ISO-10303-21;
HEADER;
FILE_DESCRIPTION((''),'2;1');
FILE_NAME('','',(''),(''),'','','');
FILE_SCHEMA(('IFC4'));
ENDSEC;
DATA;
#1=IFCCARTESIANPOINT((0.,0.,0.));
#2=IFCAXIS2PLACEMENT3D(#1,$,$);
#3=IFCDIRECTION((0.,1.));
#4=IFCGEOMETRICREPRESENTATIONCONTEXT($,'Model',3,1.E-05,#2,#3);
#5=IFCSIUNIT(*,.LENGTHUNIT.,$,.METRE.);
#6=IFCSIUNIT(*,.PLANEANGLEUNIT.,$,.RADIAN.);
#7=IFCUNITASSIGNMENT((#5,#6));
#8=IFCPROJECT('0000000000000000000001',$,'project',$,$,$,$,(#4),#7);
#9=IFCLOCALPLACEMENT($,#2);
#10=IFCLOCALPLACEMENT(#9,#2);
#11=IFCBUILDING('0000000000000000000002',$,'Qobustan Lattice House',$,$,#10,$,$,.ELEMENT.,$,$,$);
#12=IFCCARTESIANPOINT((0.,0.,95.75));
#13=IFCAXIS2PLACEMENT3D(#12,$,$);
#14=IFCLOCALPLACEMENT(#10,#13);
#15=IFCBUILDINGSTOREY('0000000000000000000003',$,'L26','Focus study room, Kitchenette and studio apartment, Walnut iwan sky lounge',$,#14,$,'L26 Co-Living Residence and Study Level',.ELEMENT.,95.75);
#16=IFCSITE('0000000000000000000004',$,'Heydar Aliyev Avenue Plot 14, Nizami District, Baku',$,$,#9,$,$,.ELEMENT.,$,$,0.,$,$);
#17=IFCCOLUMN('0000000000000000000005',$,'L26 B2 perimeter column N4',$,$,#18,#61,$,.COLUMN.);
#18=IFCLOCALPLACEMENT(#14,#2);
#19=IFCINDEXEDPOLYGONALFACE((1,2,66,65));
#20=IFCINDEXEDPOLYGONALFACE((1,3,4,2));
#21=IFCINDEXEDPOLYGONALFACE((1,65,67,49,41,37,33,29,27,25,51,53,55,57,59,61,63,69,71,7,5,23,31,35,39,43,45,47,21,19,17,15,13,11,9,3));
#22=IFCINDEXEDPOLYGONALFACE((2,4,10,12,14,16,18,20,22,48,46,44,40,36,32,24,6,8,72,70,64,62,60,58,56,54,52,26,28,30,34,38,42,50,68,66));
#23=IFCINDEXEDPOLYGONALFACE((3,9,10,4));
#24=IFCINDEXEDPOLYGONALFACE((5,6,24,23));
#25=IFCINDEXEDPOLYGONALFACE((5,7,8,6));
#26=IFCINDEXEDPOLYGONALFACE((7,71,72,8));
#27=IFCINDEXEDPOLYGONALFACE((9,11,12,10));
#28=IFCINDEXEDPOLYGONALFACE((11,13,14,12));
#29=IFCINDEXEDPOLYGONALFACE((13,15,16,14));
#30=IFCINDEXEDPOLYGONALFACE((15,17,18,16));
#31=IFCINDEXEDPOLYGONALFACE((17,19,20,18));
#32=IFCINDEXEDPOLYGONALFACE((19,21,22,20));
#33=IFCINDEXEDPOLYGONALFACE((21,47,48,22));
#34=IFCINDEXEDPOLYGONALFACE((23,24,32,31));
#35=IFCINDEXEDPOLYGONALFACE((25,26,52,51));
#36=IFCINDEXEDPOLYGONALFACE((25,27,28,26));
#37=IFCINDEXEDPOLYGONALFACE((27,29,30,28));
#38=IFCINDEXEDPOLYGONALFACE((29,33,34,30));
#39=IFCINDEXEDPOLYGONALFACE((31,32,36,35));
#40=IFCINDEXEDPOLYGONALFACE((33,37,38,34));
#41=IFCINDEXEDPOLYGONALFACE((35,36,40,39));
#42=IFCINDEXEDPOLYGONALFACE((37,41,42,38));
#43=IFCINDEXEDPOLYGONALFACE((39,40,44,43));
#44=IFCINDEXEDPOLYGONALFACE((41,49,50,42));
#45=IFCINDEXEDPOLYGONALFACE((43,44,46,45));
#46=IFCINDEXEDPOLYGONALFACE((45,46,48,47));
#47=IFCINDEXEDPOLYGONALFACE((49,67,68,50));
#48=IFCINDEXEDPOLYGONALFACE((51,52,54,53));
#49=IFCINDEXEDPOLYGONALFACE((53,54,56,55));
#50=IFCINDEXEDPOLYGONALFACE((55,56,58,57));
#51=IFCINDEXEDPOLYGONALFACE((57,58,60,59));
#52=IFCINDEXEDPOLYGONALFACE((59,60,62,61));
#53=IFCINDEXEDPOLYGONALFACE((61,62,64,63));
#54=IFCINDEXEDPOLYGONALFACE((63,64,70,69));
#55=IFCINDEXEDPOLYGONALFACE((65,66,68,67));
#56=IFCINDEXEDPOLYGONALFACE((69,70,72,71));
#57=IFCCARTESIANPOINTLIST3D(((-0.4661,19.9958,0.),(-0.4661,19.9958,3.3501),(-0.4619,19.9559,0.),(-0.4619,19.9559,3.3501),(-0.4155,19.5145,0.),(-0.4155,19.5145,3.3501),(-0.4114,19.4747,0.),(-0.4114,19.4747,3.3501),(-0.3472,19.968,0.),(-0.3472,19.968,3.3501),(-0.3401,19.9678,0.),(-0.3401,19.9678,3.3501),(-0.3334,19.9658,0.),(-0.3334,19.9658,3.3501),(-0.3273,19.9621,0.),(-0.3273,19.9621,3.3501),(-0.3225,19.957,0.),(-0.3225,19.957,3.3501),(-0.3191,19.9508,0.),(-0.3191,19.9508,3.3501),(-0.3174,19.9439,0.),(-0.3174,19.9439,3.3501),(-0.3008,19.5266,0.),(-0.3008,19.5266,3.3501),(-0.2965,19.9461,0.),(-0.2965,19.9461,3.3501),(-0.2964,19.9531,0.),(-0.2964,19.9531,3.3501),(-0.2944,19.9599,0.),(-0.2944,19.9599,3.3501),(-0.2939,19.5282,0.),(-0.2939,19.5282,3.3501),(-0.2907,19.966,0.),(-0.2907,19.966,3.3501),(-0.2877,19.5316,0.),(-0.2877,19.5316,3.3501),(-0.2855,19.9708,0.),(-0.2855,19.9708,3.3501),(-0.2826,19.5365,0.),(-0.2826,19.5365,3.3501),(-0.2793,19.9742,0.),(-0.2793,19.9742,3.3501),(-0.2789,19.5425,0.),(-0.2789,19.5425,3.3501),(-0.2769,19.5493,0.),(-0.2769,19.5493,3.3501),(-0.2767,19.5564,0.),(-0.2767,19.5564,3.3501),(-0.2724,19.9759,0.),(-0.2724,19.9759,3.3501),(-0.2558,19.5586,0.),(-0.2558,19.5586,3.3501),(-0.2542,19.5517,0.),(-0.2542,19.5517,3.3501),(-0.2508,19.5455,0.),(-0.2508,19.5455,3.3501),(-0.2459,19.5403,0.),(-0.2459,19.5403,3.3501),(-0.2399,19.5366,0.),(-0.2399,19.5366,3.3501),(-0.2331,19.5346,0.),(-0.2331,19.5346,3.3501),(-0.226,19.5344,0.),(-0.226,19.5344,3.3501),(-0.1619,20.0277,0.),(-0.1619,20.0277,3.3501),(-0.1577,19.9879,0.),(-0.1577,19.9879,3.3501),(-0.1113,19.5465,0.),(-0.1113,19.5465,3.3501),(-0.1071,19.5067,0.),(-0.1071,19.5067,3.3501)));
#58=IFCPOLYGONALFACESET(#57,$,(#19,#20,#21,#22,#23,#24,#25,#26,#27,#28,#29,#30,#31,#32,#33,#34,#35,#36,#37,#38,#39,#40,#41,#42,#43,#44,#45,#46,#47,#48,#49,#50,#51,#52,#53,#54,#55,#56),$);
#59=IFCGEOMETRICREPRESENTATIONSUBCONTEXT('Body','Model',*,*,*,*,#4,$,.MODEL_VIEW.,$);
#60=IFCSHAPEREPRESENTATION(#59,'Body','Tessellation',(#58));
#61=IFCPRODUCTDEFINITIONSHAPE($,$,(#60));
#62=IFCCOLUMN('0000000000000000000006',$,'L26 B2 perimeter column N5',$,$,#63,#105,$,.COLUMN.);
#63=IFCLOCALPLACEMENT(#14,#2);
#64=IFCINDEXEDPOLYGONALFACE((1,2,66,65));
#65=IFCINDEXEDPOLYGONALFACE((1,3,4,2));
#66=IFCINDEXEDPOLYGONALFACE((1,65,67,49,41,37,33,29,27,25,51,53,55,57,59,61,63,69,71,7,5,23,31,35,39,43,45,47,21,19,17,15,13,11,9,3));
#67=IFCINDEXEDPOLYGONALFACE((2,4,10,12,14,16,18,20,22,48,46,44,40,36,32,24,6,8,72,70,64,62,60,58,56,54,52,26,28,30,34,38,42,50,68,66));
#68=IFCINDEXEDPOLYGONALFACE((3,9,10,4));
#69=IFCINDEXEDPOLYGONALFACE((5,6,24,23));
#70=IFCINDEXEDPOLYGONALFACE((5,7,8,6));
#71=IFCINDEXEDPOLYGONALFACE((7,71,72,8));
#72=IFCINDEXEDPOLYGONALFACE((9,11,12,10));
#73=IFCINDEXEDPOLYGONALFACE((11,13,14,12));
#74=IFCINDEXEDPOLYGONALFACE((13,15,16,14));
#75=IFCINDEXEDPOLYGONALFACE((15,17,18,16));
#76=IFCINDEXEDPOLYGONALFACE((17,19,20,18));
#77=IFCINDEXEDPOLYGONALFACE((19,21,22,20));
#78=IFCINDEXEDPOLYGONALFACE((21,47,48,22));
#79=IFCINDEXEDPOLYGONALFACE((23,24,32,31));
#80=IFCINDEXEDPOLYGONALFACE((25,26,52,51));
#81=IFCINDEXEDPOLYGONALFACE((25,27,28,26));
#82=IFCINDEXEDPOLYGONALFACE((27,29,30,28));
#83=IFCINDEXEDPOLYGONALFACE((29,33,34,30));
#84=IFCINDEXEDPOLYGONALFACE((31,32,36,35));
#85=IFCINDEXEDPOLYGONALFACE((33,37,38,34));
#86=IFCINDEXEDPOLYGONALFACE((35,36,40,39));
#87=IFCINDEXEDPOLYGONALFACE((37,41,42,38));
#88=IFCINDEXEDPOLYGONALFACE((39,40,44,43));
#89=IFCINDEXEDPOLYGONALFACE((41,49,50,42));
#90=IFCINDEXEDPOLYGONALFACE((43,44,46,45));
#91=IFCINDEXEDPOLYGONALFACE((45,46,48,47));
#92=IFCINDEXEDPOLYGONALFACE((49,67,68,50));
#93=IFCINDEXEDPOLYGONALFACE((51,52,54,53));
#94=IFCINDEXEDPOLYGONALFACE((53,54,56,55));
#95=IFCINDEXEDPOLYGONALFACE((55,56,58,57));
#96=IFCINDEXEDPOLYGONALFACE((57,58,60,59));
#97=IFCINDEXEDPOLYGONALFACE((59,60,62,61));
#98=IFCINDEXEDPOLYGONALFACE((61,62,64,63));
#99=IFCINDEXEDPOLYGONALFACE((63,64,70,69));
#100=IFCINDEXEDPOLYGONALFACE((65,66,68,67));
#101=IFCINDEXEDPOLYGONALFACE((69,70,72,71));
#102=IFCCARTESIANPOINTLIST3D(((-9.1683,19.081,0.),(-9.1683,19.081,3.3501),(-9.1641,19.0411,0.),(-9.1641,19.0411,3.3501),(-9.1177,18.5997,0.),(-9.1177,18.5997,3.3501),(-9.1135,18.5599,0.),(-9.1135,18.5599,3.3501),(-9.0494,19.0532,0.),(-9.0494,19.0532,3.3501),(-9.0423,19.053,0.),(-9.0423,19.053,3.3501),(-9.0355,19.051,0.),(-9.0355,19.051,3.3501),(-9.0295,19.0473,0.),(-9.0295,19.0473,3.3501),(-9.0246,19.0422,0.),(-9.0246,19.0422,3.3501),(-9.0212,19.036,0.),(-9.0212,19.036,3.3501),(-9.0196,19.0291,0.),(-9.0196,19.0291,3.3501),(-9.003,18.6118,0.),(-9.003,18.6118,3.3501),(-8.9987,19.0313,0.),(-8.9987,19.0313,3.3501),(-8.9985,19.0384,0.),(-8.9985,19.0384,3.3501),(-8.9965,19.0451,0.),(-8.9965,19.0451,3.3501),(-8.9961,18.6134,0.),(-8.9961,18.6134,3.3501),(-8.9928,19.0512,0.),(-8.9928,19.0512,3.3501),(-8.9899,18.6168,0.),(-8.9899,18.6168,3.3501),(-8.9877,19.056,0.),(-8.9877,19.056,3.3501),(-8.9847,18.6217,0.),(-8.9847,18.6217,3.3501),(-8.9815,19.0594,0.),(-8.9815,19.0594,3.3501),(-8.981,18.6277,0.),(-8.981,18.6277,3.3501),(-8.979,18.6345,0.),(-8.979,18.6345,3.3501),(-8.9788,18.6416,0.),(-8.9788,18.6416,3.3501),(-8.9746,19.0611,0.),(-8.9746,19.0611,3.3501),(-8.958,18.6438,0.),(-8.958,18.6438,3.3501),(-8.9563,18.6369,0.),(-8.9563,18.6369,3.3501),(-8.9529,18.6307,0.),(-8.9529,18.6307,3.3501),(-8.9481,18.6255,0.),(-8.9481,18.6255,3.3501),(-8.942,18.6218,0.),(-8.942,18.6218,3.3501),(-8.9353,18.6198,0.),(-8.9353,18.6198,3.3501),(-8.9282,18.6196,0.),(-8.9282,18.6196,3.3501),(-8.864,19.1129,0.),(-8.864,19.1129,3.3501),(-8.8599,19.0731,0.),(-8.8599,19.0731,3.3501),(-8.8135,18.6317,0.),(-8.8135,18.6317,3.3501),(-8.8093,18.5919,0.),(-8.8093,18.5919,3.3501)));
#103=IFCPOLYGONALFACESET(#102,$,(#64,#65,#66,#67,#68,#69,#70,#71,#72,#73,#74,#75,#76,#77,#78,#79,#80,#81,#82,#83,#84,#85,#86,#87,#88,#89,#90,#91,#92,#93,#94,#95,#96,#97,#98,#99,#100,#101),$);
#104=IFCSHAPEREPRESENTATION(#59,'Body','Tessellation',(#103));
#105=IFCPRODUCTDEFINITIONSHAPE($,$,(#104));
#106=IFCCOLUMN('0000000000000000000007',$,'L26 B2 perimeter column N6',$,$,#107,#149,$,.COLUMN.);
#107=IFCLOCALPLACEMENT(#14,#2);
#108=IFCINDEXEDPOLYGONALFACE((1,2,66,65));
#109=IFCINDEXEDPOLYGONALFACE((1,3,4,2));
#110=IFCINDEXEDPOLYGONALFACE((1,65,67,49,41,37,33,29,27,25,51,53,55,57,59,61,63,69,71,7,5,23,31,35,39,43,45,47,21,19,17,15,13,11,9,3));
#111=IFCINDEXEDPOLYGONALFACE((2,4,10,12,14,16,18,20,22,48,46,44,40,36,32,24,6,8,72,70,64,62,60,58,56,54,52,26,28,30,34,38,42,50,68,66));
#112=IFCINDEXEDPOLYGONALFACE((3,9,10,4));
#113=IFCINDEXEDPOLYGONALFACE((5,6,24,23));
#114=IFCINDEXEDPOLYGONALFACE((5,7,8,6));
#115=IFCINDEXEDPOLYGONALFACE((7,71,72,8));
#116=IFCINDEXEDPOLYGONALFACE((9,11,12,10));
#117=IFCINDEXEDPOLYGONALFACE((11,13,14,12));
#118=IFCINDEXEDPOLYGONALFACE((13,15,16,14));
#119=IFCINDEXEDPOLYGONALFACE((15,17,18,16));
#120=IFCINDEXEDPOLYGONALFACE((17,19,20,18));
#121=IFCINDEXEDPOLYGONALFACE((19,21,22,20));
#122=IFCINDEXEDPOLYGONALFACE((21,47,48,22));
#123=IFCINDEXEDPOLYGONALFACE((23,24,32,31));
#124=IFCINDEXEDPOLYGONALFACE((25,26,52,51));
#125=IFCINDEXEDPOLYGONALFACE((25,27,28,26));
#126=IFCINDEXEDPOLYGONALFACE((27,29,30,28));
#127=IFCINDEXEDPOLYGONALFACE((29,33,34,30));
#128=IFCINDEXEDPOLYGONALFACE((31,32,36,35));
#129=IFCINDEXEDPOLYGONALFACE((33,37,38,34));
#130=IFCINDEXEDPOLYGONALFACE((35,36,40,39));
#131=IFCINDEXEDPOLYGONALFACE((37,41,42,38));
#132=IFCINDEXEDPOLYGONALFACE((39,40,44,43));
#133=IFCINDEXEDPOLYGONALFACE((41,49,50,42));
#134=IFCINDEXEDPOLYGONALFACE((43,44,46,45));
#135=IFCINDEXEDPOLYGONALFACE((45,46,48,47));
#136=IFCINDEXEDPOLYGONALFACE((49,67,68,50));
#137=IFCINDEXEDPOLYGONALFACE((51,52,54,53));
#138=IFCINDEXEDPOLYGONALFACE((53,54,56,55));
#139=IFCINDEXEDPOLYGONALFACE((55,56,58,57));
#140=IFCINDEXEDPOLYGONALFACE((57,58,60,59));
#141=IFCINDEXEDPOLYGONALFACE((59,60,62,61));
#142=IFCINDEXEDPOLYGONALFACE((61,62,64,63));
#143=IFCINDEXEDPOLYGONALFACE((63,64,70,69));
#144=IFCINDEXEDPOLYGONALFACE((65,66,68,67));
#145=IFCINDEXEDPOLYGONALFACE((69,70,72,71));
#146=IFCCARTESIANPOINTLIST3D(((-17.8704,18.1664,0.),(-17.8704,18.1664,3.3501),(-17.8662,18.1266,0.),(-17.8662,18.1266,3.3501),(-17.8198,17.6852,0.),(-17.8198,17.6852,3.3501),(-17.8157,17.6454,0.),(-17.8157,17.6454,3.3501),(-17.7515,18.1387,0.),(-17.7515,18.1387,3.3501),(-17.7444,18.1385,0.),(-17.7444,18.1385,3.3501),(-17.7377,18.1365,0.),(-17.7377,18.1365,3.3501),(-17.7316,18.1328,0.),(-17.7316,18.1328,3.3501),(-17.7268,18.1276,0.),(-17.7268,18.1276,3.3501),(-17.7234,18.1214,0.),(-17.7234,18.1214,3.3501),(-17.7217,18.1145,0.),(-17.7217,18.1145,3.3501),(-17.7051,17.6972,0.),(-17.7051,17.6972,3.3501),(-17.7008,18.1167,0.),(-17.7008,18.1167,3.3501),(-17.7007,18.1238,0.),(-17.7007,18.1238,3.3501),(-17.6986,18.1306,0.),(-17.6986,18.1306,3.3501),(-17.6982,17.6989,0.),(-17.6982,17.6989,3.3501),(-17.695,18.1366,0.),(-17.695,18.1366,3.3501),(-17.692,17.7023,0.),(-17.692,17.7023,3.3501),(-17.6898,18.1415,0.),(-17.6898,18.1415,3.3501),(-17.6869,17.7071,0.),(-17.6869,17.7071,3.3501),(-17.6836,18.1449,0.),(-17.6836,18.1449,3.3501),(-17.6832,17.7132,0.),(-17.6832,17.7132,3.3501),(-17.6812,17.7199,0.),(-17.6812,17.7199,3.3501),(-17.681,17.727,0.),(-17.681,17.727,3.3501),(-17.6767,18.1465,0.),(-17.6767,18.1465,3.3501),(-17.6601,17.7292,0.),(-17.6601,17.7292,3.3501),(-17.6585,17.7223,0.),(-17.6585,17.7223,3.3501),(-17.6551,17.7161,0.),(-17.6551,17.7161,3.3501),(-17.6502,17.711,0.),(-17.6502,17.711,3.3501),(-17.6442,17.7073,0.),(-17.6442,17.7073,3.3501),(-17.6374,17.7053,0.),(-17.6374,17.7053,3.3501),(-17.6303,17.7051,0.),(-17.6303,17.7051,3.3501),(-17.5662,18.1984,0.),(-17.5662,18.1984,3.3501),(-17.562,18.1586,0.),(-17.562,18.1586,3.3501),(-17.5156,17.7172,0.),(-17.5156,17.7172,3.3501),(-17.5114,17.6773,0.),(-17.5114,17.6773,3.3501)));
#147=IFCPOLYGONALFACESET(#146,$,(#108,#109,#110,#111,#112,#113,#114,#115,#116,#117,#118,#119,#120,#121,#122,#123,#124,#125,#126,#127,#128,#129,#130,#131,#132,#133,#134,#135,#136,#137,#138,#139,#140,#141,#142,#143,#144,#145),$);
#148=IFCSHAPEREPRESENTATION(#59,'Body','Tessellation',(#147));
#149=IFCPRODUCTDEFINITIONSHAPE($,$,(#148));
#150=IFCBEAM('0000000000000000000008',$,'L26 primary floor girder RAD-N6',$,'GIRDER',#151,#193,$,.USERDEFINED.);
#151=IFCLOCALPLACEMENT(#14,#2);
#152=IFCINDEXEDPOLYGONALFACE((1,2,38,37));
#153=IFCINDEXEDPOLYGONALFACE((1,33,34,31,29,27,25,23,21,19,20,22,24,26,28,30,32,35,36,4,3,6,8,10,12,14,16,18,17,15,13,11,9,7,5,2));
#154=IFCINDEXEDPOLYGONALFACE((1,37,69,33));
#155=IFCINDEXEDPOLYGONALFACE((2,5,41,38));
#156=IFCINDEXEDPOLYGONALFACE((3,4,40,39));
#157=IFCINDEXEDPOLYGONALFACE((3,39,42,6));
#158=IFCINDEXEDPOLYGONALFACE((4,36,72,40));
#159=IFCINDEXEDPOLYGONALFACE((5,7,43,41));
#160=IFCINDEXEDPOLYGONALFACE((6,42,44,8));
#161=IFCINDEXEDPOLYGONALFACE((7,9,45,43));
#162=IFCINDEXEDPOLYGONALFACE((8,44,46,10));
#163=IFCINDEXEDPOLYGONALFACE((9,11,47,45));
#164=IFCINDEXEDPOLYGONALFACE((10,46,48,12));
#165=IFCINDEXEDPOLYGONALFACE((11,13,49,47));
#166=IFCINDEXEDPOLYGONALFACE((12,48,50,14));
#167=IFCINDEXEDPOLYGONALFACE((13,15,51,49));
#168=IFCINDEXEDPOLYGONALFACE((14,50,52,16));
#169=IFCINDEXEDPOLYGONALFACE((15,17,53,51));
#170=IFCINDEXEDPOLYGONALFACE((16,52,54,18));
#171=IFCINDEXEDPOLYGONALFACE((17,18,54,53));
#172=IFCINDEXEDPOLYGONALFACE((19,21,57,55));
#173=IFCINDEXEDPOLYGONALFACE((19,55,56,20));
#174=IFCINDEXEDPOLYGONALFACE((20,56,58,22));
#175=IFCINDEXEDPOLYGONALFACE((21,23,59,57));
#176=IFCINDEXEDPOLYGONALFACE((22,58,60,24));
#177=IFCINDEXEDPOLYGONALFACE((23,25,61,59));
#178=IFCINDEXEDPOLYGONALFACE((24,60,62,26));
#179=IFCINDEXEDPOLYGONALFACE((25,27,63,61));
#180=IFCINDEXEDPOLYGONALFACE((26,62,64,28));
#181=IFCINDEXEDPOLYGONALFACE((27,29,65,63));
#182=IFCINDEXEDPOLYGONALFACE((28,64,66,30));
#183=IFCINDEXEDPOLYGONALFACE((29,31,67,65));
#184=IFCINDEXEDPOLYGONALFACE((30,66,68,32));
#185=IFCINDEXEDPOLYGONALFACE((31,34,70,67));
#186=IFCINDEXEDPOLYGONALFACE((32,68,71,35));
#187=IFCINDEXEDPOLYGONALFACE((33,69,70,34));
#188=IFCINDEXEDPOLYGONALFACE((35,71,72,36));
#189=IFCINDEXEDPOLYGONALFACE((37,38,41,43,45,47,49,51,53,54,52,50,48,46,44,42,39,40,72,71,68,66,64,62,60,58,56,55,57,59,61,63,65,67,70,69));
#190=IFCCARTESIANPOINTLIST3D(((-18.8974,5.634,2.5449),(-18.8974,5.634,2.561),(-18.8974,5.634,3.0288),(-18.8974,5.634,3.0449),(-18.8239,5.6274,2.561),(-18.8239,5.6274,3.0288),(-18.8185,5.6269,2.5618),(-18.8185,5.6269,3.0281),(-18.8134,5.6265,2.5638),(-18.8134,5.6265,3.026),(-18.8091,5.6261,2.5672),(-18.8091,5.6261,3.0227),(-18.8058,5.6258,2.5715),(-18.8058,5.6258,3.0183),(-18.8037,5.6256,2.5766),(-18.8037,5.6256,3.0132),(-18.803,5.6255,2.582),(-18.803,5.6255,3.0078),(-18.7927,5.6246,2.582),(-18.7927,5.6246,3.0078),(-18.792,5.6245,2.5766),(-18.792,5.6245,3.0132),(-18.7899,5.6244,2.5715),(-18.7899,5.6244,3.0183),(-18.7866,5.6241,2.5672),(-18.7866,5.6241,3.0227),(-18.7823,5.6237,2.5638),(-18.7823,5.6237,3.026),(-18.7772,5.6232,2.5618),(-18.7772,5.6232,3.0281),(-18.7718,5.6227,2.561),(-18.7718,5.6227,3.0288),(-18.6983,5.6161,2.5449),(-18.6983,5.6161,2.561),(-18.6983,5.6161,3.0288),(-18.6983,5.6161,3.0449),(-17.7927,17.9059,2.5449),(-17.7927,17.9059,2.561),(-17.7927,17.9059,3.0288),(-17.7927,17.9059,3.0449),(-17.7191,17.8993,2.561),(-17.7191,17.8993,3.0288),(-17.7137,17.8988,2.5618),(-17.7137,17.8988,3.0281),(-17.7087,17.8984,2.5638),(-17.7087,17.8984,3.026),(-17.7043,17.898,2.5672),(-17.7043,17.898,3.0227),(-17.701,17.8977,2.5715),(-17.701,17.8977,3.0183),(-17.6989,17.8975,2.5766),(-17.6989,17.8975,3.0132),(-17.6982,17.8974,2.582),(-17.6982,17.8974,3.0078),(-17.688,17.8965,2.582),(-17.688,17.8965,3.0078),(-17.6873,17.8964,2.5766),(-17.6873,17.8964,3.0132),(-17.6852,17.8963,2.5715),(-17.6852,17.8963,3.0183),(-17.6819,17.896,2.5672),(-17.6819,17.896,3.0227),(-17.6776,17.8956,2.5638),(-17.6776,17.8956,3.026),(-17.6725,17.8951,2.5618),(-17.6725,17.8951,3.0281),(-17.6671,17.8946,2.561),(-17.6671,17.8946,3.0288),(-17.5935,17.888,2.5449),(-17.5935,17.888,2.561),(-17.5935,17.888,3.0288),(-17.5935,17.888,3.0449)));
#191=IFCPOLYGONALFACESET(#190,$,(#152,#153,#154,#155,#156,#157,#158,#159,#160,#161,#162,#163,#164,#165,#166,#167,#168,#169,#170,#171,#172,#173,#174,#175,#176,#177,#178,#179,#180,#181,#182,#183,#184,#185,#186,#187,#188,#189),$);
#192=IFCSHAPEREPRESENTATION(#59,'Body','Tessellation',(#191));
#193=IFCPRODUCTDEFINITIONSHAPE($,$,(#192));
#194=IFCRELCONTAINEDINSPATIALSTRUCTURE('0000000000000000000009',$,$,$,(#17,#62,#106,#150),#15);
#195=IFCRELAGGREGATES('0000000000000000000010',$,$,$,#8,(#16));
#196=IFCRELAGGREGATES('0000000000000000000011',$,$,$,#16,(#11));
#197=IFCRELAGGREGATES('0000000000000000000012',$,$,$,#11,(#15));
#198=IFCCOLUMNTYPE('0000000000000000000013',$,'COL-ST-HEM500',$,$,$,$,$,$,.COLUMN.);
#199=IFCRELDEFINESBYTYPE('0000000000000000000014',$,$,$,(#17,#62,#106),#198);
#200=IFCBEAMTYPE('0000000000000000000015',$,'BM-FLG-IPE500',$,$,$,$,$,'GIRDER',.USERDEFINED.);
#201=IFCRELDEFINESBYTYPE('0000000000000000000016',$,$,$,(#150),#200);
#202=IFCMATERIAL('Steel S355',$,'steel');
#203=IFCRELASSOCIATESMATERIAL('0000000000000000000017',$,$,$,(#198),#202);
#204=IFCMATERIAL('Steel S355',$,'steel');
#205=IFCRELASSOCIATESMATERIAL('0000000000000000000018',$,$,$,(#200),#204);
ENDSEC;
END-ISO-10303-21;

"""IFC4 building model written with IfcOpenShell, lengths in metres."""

from ifc_helpers import new_model, si_unit, direction, frame, origin, origin_2d, place, context, subcontext, project, spatial, i_section, extrude, material, material_profile, profile_set, type_object, element, save


model = new_model("IFC4")

# Units and contexts
model_context = context("Model", 3, precision=1e-05, world=origin(), true_north=direction((0.0, 1.0)))
body_context = subcontext(model_context, "Body", "Model", "MODEL_VIEW")
ifc_project = project(units=[si_unit("LENGTHUNIT", "METRE"), si_unit("PLANEANGLEUNIT", "RADIAN")], contexts=[model_context])

# Site, building, storey
site_placement = place(None, origin())
site = spatial("IfcSite", under=ifc_project, at=site_placement, Name="Heydar Aliyev Avenue Plot 14, Nizami District, Baku", CompositionType="ELEMENT", RefElevation=0.0)
building_placement = place(site_placement, origin())
building = spatial("IfcBuilding", under=site, at=building_placement, Name="Qobustan Lattice House", CompositionType="ELEMENT")
storey_placement = place(building_placement, frame((0.0, 0.0, 95.75)))
storey = spatial("IfcBuildingStorey", under=building, at=storey_placement, Name="L26", Description="Focus study room, Kitchenette and studio apartment, Walnut iwan sky lounge", LongName="L26 Co-Living Residence and Study Level", CompositionType="ELEMENT", Elevation=95.75)

# Columns
ifc_material_1 = material(Name="Steel S355", Category="steel")
ifc_material_profile_1 = material_profile(ifc_material_1, i_section(OverallWidth=0.3059, OverallDepth=0.5239, WebThickness=0.021, FlangeThickness=0.04, FilletRadius=0.0271, at=origin_2d()), Name="HEM500")
ifc_profile_set_1 = profile_set([ifc_material_profile_1], Name="Steel S355")
column_type = type_object("IfcColumnType", Name="COL-ST-HEM500", PredefinedType="COLUMN", material=ifc_profile_set_1)
for number, where, z_axis, x_axis, name in (
    (1, (-0.2866, 19.7512, 0.0), (0.0, 0.0, 1.0), (0.994522, 0.104528, 0.0), "L26 B2 perimeter column N4"),
    (2, (-8.9888, 18.8364, 0.0), (0.0, 0.0, 1.0), (0.994522, 0.104528, 0.0), "L26 B2 perimeter column N5"),
    (3, (-17.6909, 17.9219, 0.0), (0.0, 0.0, 1.0), (0.994522, 0.104528, 0.0), "L26 B2 perimeter column N6"),
):
    element("IfcColumn", number, at=place(storey_placement, frame(where, z_axis=z_axis, x_axis=x_axis)), inside=storey, type_object=column_type, Name=name, PredefinedType="COLUMN", context=body_context, shape_type="SweptSolid", body=[
        extrude(i_section(OverallWidth=0.3059, OverallDepth=0.5239, WebThickness=0.021, FlangeThickness=0.04, FilletRadius=0.0271, at=origin_2d()), origin(), (0.0, 0.0, 1.0), 3.3501),
    ])

# Beam
ifc_material_2 = material(Name="Steel S355", Category="steel")
ifc_material_profile_2 = material_profile(ifc_material_2, i_section(OverallWidth=0.2, OverallDepth=0.5, WebThickness=0.0103, FlangeThickness=0.0161, FilletRadius=0.021, at=origin_2d()), Name="IPE500")
ifc_profile_set_2 = profile_set([ifc_material_profile_2], Name="Steel S355")
beam_type_1 = type_object("IfcBeamType", Name="BM-FLG-IPE500", ElementType="GIRDER", PredefinedType="USERDEFINED", material=ifc_profile_set_2)
beam_1_placement = place(storey_placement, frame((-17.6931, 17.897, 2.7949), z_axis=(-0.089659, -0.995973, 0.0), x_axis=(0.995973, -0.089659, 0.0)))
element("IfcBeam", 4, at=beam_1_placement, inside=storey, type_object=beam_type_1, Name="L26 primary floor girder RAD-N6", ObjectType="GIRDER", PredefinedType="USERDEFINED", context=body_context, shape_type="SweptSolid", body=[
    extrude(i_section(OverallWidth=0.2, OverallDepth=0.5, WebThickness=0.0103, FlangeThickness=0.0161, FilletRadius=0.021, at=origin_2d()), origin(), (0.0, 0.0, 1.0), 12.3215),
])

save(model, "model.ifc")
